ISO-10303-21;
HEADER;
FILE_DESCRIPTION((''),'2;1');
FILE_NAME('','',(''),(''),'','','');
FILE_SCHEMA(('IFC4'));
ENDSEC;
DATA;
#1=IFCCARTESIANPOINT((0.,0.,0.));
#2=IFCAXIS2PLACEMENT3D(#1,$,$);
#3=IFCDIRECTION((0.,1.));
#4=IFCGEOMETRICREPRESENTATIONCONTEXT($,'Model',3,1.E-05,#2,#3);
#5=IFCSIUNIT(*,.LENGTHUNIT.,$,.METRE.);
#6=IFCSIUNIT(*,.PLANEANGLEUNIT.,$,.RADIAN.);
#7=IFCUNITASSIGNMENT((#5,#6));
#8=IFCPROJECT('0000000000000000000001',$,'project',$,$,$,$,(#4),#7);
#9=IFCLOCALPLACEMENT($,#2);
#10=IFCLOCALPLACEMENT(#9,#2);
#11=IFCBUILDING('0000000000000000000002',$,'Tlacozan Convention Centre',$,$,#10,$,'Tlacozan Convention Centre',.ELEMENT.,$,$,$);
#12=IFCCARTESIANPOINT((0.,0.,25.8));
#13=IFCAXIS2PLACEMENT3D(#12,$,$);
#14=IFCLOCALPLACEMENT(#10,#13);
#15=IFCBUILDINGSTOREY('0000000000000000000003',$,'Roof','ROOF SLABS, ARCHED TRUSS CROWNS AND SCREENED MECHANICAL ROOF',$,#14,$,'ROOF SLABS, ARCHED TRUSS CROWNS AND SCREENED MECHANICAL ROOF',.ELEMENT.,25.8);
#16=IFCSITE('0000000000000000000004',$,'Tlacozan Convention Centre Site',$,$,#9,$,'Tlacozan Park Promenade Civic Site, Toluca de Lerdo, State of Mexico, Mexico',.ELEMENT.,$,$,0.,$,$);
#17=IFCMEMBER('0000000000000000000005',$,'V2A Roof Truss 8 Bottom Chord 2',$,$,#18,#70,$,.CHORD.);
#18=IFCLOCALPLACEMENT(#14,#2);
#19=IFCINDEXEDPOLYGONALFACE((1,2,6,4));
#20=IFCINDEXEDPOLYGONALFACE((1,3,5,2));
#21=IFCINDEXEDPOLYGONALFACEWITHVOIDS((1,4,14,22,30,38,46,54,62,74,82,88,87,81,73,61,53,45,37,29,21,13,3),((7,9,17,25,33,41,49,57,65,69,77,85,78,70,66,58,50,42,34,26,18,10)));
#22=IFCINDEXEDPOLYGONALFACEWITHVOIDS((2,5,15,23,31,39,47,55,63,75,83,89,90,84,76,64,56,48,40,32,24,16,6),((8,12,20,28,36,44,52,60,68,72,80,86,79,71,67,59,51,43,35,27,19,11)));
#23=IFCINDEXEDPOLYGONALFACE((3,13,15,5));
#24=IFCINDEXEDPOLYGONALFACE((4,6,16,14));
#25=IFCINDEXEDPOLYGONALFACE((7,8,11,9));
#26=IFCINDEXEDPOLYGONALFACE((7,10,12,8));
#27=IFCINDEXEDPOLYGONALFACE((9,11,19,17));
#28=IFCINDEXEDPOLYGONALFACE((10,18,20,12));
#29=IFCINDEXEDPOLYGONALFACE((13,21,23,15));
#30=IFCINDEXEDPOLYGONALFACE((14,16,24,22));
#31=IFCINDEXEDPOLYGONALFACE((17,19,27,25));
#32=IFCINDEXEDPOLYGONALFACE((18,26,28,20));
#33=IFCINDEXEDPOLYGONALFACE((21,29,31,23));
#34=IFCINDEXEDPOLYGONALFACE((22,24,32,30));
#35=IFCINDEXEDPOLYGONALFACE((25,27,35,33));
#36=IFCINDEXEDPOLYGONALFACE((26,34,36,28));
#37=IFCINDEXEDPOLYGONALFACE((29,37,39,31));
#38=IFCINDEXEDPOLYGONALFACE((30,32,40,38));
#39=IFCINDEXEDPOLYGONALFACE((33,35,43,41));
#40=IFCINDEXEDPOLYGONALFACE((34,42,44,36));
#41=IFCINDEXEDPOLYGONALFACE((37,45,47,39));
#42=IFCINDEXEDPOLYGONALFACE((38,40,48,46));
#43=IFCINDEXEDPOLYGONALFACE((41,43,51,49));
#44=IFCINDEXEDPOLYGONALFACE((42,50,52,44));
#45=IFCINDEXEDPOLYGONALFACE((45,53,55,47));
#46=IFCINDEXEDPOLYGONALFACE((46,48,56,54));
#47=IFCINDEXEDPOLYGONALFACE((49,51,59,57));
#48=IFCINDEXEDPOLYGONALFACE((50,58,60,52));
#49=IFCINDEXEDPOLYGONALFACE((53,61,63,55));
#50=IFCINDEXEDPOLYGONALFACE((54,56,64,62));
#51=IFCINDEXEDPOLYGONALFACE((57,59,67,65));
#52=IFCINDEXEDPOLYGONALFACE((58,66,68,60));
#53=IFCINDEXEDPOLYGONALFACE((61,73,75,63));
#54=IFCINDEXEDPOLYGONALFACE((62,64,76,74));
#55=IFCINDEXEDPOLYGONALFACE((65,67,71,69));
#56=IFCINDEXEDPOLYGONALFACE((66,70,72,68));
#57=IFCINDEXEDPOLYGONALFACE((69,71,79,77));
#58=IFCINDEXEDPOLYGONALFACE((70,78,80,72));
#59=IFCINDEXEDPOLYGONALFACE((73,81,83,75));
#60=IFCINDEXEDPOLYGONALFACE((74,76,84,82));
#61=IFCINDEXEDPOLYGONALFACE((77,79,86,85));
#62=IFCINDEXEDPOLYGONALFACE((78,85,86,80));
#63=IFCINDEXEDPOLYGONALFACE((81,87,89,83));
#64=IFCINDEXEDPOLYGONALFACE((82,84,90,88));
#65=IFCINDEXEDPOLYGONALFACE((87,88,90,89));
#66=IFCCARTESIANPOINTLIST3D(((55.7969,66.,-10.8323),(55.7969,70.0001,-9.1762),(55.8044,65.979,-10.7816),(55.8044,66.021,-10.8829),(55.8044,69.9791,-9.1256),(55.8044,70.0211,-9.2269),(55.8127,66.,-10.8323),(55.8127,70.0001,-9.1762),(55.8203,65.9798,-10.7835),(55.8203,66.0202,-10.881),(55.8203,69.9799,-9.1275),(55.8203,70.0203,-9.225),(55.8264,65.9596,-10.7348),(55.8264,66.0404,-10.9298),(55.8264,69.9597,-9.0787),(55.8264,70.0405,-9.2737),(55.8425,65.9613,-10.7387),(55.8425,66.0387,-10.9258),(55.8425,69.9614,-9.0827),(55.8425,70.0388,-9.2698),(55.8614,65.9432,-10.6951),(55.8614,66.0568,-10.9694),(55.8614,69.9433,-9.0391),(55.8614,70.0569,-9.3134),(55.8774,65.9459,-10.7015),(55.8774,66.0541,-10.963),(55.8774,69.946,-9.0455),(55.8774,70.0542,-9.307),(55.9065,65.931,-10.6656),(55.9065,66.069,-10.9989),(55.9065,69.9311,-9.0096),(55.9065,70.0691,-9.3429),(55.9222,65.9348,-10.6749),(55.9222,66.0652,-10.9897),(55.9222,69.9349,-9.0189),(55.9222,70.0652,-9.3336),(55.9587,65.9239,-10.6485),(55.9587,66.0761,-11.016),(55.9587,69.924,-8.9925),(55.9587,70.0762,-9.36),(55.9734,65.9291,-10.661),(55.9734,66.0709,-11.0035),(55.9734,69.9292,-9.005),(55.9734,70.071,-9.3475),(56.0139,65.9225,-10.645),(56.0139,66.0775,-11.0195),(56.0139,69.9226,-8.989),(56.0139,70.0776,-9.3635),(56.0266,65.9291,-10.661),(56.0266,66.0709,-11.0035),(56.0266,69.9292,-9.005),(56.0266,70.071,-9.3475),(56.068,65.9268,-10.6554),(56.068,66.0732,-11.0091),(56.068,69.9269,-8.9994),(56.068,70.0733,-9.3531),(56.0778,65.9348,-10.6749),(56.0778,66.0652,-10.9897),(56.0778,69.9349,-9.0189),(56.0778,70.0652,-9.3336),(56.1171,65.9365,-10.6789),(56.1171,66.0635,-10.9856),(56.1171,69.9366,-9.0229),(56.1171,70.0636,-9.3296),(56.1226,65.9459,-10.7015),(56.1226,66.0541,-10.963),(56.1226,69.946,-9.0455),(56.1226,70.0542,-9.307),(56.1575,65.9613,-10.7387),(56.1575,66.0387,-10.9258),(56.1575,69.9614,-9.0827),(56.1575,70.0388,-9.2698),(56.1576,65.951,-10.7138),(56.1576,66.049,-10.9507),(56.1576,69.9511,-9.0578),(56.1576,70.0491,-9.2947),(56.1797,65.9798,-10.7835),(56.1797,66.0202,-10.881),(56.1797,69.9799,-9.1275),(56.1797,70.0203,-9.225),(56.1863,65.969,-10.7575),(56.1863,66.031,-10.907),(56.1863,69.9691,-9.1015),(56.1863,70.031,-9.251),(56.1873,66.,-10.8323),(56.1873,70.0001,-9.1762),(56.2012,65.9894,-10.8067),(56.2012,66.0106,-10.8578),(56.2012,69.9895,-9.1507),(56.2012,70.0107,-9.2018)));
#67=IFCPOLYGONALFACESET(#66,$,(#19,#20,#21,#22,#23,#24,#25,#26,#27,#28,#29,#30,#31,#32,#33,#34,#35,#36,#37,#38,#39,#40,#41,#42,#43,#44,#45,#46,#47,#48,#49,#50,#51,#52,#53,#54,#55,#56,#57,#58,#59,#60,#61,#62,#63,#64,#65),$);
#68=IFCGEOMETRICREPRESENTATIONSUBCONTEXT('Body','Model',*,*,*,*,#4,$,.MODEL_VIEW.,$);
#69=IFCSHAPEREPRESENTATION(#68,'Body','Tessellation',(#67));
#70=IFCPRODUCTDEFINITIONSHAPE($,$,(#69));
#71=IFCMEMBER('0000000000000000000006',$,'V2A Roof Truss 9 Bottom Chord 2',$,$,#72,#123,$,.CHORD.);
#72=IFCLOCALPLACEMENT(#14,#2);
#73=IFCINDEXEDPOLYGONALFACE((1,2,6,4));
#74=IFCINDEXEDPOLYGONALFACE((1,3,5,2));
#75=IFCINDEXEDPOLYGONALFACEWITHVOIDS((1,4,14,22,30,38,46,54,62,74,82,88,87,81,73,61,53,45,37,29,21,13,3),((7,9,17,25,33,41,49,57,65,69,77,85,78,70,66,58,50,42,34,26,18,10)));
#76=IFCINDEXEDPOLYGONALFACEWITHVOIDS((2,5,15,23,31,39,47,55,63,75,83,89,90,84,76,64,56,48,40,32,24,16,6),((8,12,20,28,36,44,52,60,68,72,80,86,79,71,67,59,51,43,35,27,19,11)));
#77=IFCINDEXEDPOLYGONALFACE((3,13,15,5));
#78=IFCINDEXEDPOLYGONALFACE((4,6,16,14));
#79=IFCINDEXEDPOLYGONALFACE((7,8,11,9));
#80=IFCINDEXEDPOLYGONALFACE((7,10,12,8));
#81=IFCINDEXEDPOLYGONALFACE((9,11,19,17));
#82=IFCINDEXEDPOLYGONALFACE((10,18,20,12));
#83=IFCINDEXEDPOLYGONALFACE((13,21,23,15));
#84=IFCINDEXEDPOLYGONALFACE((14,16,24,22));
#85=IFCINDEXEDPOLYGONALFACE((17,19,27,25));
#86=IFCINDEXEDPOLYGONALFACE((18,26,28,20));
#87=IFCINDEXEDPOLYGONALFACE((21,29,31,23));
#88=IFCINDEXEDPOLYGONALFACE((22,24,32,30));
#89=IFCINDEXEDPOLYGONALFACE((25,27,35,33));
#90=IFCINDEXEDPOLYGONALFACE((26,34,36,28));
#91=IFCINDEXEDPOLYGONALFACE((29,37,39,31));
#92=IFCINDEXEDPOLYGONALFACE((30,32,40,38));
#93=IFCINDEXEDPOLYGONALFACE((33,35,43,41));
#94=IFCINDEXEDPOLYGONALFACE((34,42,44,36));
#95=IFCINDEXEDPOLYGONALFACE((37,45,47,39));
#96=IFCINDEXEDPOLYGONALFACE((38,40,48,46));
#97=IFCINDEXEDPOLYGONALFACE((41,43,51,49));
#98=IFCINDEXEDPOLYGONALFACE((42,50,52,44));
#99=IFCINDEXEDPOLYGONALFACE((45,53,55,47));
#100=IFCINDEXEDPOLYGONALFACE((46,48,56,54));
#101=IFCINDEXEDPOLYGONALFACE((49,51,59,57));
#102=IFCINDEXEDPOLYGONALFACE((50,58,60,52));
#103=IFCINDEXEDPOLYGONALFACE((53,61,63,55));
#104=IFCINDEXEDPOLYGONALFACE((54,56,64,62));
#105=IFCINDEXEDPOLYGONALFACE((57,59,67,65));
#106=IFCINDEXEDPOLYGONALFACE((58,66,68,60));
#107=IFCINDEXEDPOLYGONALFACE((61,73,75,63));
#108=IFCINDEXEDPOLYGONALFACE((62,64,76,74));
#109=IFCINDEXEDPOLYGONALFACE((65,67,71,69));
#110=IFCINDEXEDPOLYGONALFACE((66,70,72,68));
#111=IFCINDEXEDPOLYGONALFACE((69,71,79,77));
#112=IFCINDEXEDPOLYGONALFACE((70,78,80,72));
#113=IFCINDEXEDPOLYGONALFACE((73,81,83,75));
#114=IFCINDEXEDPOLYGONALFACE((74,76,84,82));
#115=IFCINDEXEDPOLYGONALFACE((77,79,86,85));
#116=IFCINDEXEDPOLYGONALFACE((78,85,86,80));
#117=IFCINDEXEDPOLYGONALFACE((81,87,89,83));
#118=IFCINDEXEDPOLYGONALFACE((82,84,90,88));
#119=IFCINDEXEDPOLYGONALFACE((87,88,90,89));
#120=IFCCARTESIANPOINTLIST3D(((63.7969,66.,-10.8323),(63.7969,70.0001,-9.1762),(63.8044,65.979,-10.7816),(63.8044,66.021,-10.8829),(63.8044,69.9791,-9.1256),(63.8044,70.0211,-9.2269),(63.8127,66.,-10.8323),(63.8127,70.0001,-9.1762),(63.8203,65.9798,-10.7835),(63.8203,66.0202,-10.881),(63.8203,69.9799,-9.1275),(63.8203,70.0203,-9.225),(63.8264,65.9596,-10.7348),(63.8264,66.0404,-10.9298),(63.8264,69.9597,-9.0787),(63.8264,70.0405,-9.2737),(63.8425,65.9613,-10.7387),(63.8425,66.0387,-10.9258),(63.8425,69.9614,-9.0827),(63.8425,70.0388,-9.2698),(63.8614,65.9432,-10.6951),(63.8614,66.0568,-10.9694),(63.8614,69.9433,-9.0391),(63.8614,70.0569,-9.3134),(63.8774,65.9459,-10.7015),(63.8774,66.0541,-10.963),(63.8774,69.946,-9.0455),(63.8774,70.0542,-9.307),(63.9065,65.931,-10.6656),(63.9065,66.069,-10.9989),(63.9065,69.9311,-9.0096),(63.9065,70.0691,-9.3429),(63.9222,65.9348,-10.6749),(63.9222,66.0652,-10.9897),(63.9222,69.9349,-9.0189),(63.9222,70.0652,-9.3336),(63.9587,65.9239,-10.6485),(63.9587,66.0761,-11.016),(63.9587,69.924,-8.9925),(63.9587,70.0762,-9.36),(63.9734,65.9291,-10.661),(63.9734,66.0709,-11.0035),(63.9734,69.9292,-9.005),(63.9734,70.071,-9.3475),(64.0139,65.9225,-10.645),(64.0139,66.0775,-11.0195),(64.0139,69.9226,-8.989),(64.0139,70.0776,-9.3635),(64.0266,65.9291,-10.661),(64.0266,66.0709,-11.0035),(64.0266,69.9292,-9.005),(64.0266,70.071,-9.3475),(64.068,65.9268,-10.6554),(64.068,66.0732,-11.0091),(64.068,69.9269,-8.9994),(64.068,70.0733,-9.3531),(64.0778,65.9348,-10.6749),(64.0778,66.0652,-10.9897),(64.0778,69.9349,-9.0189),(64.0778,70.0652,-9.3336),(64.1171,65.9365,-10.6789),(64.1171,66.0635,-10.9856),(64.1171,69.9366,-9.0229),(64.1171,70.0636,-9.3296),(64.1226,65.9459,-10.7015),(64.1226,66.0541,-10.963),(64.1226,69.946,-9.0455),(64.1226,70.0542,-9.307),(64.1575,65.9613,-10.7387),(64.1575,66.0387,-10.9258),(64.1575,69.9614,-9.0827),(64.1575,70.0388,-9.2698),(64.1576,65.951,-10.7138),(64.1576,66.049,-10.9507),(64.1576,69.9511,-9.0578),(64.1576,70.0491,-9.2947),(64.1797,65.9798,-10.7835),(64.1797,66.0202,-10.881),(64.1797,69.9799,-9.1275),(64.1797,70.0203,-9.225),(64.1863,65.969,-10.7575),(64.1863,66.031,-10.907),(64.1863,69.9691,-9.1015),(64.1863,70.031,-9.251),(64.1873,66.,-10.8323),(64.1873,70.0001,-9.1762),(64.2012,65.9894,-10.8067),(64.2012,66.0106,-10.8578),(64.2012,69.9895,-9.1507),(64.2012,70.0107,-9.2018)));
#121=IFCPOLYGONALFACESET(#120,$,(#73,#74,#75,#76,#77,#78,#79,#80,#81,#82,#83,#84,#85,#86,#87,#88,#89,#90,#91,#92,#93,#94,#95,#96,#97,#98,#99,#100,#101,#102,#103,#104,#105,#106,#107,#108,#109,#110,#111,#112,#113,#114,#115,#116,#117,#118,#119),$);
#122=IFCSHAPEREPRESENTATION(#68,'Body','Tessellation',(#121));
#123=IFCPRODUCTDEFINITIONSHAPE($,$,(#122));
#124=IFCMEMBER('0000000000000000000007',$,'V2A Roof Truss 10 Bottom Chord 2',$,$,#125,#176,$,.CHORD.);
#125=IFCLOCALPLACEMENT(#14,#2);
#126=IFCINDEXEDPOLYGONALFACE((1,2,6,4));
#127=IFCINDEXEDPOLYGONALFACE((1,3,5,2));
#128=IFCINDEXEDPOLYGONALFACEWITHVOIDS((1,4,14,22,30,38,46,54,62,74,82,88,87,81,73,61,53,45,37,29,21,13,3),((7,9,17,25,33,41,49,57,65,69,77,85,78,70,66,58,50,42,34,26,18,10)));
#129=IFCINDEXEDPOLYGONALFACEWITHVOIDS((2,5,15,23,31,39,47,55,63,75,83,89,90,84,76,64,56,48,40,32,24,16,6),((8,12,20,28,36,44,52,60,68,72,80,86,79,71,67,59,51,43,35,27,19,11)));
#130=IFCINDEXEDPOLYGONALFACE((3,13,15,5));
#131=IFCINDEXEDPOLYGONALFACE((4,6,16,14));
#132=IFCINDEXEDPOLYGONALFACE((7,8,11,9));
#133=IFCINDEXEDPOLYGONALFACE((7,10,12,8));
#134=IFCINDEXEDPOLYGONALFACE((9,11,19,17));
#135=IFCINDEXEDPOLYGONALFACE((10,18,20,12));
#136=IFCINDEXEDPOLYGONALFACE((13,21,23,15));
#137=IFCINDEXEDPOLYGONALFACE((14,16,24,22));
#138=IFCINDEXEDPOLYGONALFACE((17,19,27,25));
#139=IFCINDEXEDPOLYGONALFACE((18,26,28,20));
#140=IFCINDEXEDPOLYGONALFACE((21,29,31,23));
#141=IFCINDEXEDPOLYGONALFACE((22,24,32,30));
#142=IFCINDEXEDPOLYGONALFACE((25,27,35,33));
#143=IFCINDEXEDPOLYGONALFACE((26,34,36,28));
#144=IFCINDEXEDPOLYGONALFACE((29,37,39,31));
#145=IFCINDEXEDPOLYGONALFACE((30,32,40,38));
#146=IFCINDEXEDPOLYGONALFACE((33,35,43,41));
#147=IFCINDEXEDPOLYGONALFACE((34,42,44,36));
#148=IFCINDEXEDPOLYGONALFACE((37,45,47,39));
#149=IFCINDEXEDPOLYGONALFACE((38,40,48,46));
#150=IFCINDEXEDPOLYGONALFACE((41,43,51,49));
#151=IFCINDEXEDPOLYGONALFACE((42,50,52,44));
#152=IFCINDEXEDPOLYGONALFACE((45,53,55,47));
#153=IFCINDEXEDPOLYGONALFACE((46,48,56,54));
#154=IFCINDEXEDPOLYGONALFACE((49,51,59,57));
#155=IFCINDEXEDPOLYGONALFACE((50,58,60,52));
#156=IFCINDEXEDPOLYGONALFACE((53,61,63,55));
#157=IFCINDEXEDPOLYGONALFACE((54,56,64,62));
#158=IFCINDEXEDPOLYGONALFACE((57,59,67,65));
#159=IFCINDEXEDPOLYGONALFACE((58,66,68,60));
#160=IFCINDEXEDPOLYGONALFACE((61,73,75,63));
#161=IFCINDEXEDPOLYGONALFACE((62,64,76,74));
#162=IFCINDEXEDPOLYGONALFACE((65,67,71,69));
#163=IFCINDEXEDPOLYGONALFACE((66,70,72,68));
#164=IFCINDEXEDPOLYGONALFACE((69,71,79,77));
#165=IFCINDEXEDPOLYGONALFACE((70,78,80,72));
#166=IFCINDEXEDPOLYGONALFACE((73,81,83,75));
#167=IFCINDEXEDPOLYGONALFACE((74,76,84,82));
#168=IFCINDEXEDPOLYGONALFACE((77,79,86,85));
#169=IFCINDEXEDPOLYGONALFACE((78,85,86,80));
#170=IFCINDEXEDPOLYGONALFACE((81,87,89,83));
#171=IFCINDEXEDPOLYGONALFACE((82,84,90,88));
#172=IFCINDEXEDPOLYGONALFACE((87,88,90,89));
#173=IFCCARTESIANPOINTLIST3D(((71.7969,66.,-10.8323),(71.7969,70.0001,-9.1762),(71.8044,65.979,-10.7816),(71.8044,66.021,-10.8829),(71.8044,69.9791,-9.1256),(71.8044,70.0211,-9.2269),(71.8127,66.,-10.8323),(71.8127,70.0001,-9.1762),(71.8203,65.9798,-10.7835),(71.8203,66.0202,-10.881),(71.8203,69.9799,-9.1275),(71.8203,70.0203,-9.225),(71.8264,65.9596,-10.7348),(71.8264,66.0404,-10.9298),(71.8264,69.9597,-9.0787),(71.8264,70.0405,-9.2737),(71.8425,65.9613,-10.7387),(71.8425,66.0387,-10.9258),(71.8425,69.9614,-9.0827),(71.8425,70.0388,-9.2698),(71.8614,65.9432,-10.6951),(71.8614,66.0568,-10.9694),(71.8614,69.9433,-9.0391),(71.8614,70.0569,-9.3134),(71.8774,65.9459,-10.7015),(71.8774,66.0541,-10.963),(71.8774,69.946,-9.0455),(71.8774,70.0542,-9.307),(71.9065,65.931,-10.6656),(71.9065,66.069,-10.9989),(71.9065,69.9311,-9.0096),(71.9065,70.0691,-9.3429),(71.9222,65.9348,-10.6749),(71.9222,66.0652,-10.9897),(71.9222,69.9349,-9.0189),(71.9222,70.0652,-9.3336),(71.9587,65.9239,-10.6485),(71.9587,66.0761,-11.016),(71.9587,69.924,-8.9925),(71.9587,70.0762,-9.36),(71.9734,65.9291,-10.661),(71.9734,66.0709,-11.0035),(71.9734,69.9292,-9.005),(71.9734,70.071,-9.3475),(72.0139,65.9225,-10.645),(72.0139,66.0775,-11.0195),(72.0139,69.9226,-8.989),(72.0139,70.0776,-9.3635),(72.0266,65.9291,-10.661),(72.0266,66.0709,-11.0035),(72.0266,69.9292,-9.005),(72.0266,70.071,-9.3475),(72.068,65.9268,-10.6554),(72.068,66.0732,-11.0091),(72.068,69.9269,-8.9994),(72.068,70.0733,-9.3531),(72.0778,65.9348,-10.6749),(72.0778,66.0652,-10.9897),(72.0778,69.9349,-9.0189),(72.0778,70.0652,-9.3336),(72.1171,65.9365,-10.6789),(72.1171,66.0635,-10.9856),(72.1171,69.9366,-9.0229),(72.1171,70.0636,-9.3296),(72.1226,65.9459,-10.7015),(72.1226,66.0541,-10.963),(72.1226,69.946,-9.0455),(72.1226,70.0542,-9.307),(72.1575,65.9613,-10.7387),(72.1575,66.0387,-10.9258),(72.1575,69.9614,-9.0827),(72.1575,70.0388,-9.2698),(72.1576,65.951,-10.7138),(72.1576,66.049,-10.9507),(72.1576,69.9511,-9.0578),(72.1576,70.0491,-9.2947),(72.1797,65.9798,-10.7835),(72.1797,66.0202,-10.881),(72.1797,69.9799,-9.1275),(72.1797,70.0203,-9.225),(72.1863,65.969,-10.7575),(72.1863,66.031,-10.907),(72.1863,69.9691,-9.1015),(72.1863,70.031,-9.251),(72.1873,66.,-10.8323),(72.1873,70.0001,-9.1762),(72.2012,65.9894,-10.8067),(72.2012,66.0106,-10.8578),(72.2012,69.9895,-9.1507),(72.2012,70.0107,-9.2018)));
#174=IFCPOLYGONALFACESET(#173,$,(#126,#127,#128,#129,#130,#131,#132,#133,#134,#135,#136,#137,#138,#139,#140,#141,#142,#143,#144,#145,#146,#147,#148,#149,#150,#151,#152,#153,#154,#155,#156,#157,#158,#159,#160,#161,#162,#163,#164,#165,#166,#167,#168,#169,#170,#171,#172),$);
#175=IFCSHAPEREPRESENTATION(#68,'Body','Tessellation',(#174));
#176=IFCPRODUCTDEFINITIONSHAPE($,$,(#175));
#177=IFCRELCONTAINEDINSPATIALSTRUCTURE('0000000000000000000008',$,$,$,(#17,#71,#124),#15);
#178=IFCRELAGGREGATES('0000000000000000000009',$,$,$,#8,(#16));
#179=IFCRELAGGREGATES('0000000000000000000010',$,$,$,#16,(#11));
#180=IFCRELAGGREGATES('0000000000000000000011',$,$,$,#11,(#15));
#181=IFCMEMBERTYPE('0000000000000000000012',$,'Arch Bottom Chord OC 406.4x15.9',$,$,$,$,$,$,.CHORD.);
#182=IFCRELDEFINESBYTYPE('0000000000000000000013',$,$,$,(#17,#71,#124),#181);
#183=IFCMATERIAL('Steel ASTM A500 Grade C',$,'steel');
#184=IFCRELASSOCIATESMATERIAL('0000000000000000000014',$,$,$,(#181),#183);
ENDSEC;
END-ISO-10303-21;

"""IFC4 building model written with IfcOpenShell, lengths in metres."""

from ifc_helpers import new_model, si_unit, direction, frame, origin, origin_2d, place, context, subcontext, project, spatial, hollow_circle, extrude, material, material_profile, profile_set, type_object, element, save


model = new_model("IFC4")

# Units and contexts
model_context = context("Model", 3, precision=1e-05, world=origin(), true_north=direction((0.0, 1.0)))
body_context = subcontext(model_context, "Body", "Model", "MODEL_VIEW")
ifc_project = project(units=[si_unit("LENGTHUNIT", "METRE"), si_unit("PLANEANGLEUNIT", "RADIAN")], contexts=[model_context])

# Site, building, storey
site_placement = place(None, origin())
site = spatial("IfcSite", under=ifc_project, at=site_placement, Name="Tlacozan Convention Centre Site", LongName="Tlacozan Park Promenade Civic Site, Toluca de Lerdo, State of Mexico, Mexico", CompositionType="ELEMENT", RefElevation=0.0)
building_placement = place(site_placement, origin())
building = spatial("IfcBuilding", under=site, at=building_placement, Name="Tlacozan Convention Centre", LongName="Tlacozan Convention Centre", CompositionType="ELEMENT")
storey_placement = place(building_placement, frame((0.0, 0.0, 25.8)))
storey = spatial("IfcBuildingStorey", under=building, at=storey_placement, Name="Roof", Description="ROOF SLABS, ARCHED TRUSS CROWNS AND SCREENED MECHANICAL ROOF", LongName="ROOF SLABS, ARCHED TRUSS CROWNS AND SCREENED MECHANICAL ROOF", CompositionType="ELEMENT", Elevation=25.8)

# Members
ifc_material_1 = material(Name="Steel ASTM A500 Grade C", Category="steel")
ifc_material_profile_1 = material_profile(ifc_material_1, hollow_circle(Radius=0.2031, WallThickness=0.0159, at=origin_2d()), Name="OC 406.4x15.9")
ifc_profile_set_1 = profile_set([ifc_material_profile_1], Name="Steel ASTM A500 Grade C")
member_type_1 = type_object("IfcMemberType", Name="Arch Bottom Chord OC 406.4x15.9", PredefinedType="CHORD", material=ifc_profile_set_1)
for number, where, z_axis, x_axis, name in (
    (1, (56.0, 66.0, -10.8323), (0.0, 0.923949, 0.382516), (-1.0, 0.0, 0.0), "V2A Roof Truss 8 Bottom Chord 2"),
    (2, (64.0, 66.0, -10.8323), (0.0, 0.923949, 0.382516), (-1.0, 0.0, 0.0), "V2A Roof Truss 9 Bottom Chord 2"),
    (3, (72.0, 66.0, -10.8323), (0.0, 0.923949, 0.382516), (-1.0, 0.0, 0.0), "V2A Roof Truss 10 Bottom Chord 2"),
):
    element("IfcMember", number, at=place(storey_placement, frame(where, z_axis=z_axis, x_axis=x_axis)), inside=storey, type_object=member_type_1, Name=name, PredefinedType="CHORD", context=body_context, shape_type="SweptSolid", body=[
        extrude(hollow_circle(Radius=0.2031, WallThickness=0.0159, at=origin_2d()), origin(), (0.0, 0.0, 1.0), 4.3293),
    ])

save(model, "model.ifc")
